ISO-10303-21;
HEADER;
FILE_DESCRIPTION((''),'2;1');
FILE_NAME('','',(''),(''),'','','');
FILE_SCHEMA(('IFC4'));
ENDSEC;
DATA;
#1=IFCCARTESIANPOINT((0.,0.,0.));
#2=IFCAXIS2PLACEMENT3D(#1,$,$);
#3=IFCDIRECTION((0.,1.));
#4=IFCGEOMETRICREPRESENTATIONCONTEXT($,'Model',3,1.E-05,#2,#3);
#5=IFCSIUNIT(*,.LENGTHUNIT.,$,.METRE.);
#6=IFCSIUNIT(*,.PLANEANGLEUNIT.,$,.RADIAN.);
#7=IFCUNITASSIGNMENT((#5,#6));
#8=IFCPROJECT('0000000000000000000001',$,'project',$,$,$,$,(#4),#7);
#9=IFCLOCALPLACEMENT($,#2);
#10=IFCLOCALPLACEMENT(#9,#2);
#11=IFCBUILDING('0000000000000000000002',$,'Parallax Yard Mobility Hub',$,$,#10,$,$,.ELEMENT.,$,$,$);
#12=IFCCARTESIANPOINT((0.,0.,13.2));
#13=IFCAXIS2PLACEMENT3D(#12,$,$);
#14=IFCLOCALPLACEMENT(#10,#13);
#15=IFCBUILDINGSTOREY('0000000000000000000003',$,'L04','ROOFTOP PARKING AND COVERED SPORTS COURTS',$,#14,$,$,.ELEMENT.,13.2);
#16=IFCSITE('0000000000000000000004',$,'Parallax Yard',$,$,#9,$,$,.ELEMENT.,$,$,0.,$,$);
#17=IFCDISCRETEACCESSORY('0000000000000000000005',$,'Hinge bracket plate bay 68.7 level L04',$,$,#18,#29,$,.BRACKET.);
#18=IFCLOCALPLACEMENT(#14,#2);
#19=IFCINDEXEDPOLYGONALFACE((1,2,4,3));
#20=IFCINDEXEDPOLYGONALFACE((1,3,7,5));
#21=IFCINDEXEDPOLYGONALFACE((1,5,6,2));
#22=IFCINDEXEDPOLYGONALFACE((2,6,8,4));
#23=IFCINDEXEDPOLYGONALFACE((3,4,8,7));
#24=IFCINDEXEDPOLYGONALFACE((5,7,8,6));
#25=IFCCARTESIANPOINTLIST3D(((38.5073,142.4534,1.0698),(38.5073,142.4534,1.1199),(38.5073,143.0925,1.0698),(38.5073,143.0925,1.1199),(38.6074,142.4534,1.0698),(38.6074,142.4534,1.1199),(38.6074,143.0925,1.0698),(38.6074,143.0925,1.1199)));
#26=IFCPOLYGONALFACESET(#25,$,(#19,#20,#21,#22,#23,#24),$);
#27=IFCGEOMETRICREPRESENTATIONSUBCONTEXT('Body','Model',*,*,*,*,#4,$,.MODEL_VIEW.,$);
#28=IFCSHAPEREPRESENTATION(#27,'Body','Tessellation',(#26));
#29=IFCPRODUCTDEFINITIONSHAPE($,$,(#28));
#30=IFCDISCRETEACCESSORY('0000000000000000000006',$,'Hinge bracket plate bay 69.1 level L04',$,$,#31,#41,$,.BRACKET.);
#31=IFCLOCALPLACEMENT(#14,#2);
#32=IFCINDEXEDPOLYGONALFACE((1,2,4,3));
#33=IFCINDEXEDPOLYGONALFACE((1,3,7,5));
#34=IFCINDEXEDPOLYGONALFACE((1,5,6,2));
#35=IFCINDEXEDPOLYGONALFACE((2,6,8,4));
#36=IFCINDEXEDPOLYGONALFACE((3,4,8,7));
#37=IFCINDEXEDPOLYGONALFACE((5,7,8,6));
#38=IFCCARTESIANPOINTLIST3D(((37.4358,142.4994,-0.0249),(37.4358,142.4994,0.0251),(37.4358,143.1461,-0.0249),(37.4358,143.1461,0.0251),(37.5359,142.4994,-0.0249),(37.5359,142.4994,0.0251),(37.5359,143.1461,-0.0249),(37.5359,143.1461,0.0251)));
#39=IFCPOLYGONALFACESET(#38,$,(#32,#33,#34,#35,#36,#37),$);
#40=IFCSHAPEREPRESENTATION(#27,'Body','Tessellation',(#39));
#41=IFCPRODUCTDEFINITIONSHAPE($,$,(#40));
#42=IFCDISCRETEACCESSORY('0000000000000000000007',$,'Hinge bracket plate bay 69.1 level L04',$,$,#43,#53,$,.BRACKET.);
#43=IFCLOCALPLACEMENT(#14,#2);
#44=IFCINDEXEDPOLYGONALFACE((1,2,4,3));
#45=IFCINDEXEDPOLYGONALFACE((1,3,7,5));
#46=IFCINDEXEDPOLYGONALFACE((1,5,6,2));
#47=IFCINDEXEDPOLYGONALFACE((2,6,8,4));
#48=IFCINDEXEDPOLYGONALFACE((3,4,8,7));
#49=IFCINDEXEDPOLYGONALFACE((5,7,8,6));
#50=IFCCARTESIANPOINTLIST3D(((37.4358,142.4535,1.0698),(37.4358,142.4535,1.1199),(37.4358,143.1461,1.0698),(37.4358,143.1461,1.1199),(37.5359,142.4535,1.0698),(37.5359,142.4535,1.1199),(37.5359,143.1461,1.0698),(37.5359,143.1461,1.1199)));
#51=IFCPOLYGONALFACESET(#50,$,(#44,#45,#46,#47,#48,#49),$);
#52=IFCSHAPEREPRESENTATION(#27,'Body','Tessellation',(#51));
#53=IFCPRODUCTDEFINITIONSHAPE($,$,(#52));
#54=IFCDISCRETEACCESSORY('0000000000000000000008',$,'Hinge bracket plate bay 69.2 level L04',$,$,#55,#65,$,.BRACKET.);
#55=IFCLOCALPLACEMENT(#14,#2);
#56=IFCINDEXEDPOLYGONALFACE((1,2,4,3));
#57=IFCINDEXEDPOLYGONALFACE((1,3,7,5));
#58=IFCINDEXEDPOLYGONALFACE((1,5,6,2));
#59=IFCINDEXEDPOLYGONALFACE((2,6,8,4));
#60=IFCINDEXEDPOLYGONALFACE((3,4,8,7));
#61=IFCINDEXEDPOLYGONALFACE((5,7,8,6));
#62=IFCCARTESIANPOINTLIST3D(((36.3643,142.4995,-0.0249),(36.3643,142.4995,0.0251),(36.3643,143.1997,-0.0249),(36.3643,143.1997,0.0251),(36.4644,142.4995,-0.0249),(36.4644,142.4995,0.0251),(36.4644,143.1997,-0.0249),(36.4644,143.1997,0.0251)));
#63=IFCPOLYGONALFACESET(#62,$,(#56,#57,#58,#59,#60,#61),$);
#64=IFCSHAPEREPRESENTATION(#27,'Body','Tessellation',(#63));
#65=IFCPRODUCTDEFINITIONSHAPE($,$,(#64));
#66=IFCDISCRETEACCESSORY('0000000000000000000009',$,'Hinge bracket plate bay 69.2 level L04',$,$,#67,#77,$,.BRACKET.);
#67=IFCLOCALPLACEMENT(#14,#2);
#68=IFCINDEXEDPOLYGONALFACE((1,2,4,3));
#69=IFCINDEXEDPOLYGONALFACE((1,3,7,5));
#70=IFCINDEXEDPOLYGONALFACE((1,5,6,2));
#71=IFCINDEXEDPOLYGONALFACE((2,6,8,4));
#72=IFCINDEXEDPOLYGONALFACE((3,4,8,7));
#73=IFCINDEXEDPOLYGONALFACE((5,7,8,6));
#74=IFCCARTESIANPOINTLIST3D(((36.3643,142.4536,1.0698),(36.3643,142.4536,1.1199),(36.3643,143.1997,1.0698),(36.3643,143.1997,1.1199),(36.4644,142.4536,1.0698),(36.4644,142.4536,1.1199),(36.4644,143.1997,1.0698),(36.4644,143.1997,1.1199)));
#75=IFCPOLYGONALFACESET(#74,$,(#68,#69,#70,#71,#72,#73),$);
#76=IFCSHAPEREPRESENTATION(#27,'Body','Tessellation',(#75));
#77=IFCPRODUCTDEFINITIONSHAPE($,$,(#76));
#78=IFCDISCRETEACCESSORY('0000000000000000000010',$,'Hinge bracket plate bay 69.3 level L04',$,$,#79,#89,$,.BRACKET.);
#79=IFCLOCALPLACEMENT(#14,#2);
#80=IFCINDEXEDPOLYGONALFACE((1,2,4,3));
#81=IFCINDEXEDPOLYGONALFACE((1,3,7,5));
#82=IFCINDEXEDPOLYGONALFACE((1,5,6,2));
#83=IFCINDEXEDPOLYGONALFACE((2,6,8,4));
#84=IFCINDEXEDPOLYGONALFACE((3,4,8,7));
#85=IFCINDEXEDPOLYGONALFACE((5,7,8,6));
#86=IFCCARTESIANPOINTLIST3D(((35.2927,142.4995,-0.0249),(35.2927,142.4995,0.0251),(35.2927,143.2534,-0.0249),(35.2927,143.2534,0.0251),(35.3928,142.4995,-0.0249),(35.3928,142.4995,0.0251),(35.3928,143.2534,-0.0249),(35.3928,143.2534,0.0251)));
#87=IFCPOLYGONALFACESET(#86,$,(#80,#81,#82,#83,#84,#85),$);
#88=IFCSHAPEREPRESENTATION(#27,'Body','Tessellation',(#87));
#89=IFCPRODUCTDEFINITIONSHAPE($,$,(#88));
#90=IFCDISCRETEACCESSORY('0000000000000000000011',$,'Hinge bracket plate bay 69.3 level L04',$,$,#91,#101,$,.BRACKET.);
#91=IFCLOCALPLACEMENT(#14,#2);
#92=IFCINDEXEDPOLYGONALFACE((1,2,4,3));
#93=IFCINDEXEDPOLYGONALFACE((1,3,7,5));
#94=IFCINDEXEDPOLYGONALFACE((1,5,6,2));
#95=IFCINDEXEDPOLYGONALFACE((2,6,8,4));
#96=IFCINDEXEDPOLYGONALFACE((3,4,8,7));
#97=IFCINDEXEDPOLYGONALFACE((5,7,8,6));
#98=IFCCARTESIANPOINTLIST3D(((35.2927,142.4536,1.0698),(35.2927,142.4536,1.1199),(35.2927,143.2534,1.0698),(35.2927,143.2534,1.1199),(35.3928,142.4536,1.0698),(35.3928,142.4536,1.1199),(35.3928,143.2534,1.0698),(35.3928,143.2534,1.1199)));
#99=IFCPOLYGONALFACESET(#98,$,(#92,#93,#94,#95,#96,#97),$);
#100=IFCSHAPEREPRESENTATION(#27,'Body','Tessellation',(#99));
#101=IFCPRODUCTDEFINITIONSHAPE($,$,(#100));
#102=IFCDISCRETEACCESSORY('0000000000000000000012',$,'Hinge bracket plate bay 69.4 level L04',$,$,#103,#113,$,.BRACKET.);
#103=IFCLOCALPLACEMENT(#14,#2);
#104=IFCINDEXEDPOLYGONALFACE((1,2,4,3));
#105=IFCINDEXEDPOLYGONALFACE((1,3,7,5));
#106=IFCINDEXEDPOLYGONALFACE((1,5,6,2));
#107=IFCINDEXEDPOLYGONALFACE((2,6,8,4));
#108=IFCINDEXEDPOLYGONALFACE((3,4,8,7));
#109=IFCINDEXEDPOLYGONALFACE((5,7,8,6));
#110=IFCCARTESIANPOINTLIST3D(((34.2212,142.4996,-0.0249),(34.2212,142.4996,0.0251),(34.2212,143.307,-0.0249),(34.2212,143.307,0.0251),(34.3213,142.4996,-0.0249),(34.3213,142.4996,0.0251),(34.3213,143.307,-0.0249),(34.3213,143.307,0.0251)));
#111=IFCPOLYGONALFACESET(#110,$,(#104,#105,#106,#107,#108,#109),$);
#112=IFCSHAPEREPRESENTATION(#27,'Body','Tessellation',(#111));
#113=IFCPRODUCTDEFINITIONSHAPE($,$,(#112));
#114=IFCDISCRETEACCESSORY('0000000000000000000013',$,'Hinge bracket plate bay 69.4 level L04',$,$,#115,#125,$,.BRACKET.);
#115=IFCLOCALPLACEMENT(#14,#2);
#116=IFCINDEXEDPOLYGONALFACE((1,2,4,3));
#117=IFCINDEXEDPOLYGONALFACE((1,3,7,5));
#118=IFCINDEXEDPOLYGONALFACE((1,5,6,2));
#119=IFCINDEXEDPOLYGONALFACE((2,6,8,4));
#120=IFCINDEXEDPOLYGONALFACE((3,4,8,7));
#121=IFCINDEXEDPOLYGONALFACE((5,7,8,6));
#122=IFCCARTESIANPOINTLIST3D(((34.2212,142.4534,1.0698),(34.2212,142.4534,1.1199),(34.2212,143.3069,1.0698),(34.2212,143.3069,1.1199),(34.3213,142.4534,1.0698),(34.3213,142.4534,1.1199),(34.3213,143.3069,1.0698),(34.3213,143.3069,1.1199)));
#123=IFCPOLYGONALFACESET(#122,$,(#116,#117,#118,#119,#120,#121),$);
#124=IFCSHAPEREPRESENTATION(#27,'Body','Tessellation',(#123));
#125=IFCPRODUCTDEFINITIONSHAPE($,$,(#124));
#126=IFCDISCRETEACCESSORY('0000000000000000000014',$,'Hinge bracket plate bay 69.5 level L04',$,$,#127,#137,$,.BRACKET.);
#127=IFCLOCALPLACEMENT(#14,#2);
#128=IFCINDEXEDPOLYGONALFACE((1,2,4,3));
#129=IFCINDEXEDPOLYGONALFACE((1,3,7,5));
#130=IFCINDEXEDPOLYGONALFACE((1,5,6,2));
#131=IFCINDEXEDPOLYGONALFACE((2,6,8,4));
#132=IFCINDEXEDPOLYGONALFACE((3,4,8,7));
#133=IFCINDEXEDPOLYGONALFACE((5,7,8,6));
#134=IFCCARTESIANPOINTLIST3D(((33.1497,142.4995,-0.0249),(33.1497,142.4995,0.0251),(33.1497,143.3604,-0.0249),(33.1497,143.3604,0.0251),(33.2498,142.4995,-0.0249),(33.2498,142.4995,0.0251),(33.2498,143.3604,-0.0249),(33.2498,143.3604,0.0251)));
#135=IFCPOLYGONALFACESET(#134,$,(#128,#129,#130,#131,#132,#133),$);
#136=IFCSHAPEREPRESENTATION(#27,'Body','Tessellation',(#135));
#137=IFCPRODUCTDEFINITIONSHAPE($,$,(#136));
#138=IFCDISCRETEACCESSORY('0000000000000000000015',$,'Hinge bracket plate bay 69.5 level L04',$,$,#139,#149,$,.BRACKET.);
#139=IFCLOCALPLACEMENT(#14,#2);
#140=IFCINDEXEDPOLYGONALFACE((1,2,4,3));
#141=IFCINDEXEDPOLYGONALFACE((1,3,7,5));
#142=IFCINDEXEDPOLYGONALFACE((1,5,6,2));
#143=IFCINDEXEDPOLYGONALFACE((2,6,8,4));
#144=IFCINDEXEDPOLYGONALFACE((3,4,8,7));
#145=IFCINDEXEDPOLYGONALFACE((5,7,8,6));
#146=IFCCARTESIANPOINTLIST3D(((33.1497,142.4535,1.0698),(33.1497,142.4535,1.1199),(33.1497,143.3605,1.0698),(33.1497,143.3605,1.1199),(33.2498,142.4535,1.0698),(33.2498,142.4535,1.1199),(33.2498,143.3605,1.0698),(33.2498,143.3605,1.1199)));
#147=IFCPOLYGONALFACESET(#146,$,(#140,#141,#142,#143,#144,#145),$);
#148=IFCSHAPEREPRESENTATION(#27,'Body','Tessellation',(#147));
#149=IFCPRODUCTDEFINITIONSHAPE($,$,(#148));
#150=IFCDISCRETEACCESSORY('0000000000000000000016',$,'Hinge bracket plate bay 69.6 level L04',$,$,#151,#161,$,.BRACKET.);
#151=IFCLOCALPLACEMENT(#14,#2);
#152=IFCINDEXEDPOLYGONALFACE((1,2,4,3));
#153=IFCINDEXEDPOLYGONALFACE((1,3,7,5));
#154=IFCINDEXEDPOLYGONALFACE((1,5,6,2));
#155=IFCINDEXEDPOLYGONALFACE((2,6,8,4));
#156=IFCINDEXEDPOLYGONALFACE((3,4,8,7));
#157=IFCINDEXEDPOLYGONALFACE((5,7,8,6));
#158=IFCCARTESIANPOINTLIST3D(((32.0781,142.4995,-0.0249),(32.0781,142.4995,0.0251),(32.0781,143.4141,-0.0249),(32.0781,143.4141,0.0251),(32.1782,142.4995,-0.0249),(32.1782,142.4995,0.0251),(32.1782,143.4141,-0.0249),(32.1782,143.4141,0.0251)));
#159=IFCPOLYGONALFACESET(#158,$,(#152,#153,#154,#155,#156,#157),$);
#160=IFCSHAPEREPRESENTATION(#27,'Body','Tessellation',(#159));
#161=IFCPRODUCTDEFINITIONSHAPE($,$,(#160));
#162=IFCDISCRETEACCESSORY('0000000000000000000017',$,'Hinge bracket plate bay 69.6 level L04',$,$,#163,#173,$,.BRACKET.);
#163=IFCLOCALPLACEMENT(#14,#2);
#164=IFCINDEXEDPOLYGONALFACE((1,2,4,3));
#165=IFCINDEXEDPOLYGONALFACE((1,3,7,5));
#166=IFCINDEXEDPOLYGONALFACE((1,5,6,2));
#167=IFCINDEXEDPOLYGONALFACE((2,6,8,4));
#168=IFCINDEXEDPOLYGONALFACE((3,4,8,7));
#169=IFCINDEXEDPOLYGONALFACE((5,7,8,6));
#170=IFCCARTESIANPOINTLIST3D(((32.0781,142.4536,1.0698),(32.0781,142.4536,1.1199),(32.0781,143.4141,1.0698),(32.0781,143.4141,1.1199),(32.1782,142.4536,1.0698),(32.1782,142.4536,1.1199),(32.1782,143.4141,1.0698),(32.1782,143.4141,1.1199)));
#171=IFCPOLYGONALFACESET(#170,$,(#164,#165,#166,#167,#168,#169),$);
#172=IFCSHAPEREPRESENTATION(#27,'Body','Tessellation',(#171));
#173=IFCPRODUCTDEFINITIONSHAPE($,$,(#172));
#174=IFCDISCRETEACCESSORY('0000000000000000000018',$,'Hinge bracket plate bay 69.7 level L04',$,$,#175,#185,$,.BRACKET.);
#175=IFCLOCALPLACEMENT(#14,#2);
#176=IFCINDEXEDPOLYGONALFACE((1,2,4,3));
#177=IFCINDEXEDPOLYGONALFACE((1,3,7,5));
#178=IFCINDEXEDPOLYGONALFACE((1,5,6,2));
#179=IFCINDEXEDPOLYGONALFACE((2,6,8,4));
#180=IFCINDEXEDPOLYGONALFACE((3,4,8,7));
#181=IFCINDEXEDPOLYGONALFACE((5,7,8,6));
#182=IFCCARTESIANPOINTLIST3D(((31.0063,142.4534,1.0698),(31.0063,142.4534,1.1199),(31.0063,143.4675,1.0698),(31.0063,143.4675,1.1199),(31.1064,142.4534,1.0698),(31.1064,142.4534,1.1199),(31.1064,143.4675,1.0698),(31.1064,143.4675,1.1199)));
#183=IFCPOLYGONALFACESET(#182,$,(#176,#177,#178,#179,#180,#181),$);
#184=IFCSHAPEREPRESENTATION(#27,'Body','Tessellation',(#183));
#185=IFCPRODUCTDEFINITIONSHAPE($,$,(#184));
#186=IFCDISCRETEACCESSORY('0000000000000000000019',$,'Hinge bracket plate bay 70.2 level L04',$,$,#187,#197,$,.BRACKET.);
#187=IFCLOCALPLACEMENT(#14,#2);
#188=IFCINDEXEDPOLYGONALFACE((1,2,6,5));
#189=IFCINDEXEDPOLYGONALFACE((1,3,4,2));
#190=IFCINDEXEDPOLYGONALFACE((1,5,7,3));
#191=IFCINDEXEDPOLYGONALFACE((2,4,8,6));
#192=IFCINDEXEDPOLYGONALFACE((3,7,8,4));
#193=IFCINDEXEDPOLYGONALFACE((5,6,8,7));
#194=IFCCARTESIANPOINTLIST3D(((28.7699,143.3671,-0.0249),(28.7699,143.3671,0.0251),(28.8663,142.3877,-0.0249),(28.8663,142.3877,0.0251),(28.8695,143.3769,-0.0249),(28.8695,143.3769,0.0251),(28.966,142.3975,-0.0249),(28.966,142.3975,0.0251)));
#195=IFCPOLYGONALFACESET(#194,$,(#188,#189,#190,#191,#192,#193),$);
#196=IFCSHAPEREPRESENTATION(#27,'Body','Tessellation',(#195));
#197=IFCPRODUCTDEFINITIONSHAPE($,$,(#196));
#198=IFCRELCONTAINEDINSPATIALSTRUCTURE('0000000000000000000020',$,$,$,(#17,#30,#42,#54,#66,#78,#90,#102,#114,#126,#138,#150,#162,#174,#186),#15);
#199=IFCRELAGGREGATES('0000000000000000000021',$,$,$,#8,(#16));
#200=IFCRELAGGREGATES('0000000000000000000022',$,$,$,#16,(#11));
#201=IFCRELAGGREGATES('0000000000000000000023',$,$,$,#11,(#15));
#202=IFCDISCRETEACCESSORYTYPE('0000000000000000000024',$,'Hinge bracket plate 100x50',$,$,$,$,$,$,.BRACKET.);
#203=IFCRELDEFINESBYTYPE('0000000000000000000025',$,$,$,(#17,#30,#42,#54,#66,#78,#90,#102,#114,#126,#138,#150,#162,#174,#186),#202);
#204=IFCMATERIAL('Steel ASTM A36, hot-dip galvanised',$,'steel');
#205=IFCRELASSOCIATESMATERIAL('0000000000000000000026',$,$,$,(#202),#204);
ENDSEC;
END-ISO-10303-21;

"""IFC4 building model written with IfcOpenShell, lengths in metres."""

from ifc_helpers import new_model, si_unit, direction, frame, origin, origin_2d, place, context, subcontext, project, spatial, rectangle, extrude, material, type_object, element, save


model = new_model("IFC4")

# Units and contexts
model_context = context("Model", 3, precision=1e-05, world=origin(), true_north=direction((0.0, 1.0)))
body_context = subcontext(model_context, "Body", "Model", "MODEL_VIEW")
ifc_project = project(units=[si_unit("LENGTHUNIT", "METRE"), si_unit("PLANEANGLEUNIT", "RADIAN")], contexts=[model_context])

# Site, building, storey
site_placement = place(None, origin())
site = spatial("IfcSite", under=ifc_project, at=site_placement, Name="Parallax Yard", CompositionType="ELEMENT", RefElevation=0.0)
building_placement = place(site_placement, origin())
building = spatial("IfcBuilding", under=site, at=building_placement, Name="Parallax Yard Mobility Hub", CompositionType="ELEMENT")
storey_placement = place(building_placement, frame((0.0, 0.0, 13.2)))
storey = spatial("IfcBuildingStorey", under=building, at=storey_placement, Name="L04", Description="ROOFTOP PARKING AND COVERED SPORTS COURTS", CompositionType="ELEMENT", Elevation=13.2)

# Discrete accessories
ifc_material_1 = material(Name="Steel ASTM A36, hot-dip galvanised", Category="steel")
discrete_accessory_type_1 = type_object("IfcDiscreteAccessoryType", Name="Hinge bracket plate 100x50", PredefinedType="BRACKET", material=ifc_material_1)
discrete_accessory_1_placement = place(storey_placement, frame((38.5574, 142.7729, 1.0698), z_axis=(0.0, 0.0, 1.0), x_axis=(0.0, 1.0, 0.0)))
element("IfcDiscreteAccessory", 1, at=discrete_accessory_1_placement, inside=storey, type_object=discrete_accessory_type_1, Name="Hinge bracket plate bay 68.7 level L04", PredefinedType="BRACKET", context=body_context, shape_type="SweptSolid", body=[
    extrude(rectangle(XDim=0.6392, YDim=0.1001, at=origin_2d()), origin(), (0.0, 0.0, 1.0), 0.05),
])
discrete_accessory_2_placement = place(storey_placement, frame((37.4858, 142.8228, -0.0249), z_axis=(0.0, 0.0, 1.0), x_axis=(0.0, 1.0, 0.0)))
element("IfcDiscreteAccessory", 2, at=discrete_accessory_2_placement, inside=storey, type_object=discrete_accessory_type_1, Name="Hinge bracket plate bay 69.1 level L04", PredefinedType="BRACKET", context=body_context, shape_type="SweptSolid", body=[
    extrude(rectangle(XDim=0.6467, YDim=0.1001, at=origin_2d()), origin(), (0.0, 0.0, 1.0), 0.05),
])
discrete_accessory_3_placement = place(storey_placement, frame((37.4858, 142.7998, 1.0698), z_axis=(0.0, 0.0, 1.0), x_axis=(0.0, 1.0, 0.0)))
element("IfcDiscreteAccessory", 3, at=discrete_accessory_3_placement, inside=storey, type_object=discrete_accessory_type_1, Name="Hinge bracket plate bay 69.1 level L04", PredefinedType="BRACKET", context=body_context, shape_type="SweptSolid", body=[
    extrude(rectangle(XDim=0.6926, YDim=0.1001, at=origin_2d()), origin(), (0.0, 0.0, 1.0), 0.05),
])
discrete_accessory_4_placement = place(storey_placement, frame((36.4143, 142.8496, -0.0249), z_axis=(0.0, 0.0, 1.0), x_axis=(0.0, 1.0, 0.0)))
element("IfcDiscreteAccessory", 4, at=discrete_accessory_4_placement, inside=storey, type_object=discrete_accessory_type_1, Name="Hinge bracket plate bay 69.2 level L04", PredefinedType="BRACKET", context=body_context, shape_type="SweptSolid", body=[
    extrude(rectangle(XDim=0.7002, YDim=0.1001, at=origin_2d()), origin(), (0.0, 0.0, 1.0), 0.05),
])
discrete_accessory_5_placement = place(storey_placement, frame((36.4143, 142.8267, 1.0698), z_axis=(0.0, 0.0, 1.0), x_axis=(0.0, 1.0, 0.0)))
element("IfcDiscreteAccessory", 5, at=discrete_accessory_5_placement, inside=storey, type_object=discrete_accessory_type_1, Name="Hinge bracket plate bay 69.2 level L04", PredefinedType="BRACKET", context=body_context, shape_type="SweptSolid", body=[
    extrude(rectangle(XDim=0.7461, YDim=0.1001, at=origin_2d()), origin(), (0.0, 0.0, 1.0), 0.05),
])
discrete_accessory_6_placement = place(storey_placement, frame((35.3428, 142.8765, -0.0249), z_axis=(0.0, 0.0, 1.0), x_axis=(0.0, 1.0, 0.0)))
element("IfcDiscreteAccessory", 6, at=discrete_accessory_6_placement, inside=storey, type_object=discrete_accessory_type_1, Name="Hinge bracket plate bay 69.3 level L04", PredefinedType="BRACKET", context=body_context, shape_type="SweptSolid", body=[
    extrude(rectangle(XDim=0.7539, YDim=0.1001, at=origin_2d()), origin(), (0.0, 0.0, 1.0), 0.05),
])
discrete_accessory_7_placement = place(storey_placement, frame((35.3428, 142.8535, 1.0698), z_axis=(0.0, 0.0, 1.0), x_axis=(0.0, 1.0, 0.0)))
element("IfcDiscreteAccessory", 7, at=discrete_accessory_7_placement, inside=storey, type_object=discrete_accessory_type_1, Name="Hinge bracket plate bay 69.3 level L04", PredefinedType="BRACKET", context=body_context, shape_type="SweptSolid", body=[
    extrude(rectangle(XDim=0.7998, YDim=0.1001, at=origin_2d()), origin(), (0.0, 0.0, 1.0), 0.05),
])
discrete_accessory_8_placement = place(storey_placement, frame((34.2712, 142.9033, -0.0249), z_axis=(0.0, 0.0, 1.0), x_axis=(0.0, 1.0, 0.0)))
element("IfcDiscreteAccessory", 8, at=discrete_accessory_8_placement, inside=storey, type_object=discrete_accessory_type_1, Name="Hinge bracket plate bay 69.4 level L04", PredefinedType="BRACKET", context=body_context, shape_type="SweptSolid", body=[
    extrude(rectangle(XDim=0.8074, YDim=0.1001, at=origin_2d()), origin(), (0.0, 0.0, 1.0), 0.05),
])
discrete_accessory_9_placement = place(storey_placement, frame((34.2712, 142.8801, 1.0698), z_axis=(0.0, 0.0, 1.0), x_axis=(0.0, 1.0, 0.0)))
element("IfcDiscreteAccessory", 9, at=discrete_accessory_9_placement, inside=storey, type_object=discrete_accessory_type_1, Name="Hinge bracket plate bay 69.4 level L04", PredefinedType="BRACKET", context=body_context, shape_type="SweptSolid", body=[
    extrude(rectangle(XDim=0.8535, YDim=0.1001, at=origin_2d()), origin(), (0.0, 0.0, 1.0), 0.05),
])
discrete_accessory_10_placement = place(storey_placement, frame((33.1997, 142.9299, -0.0249), z_axis=(0.0, 0.0, 1.0), x_axis=(0.0, 1.0, 0.0)))
element("IfcDiscreteAccessory", 10, at=discrete_accessory_10_placement, inside=storey, type_object=discrete_accessory_type_1, Name="Hinge bracket plate bay 69.5 level L04", PredefinedType="BRACKET", context=body_context, shape_type="SweptSolid", body=[
    extrude(rectangle(XDim=0.8608, YDim=0.1001, at=origin_2d()), origin(), (0.0, 0.0, 1.0), 0.05),
])
discrete_accessory_11_placement = place(storey_placement, frame((33.1997, 142.907, 1.0698), z_axis=(0.0, 0.0, 1.0), x_axis=(0.0, 1.0, 0.0)))
element("IfcDiscreteAccessory", 11, at=discrete_accessory_11_placement, inside=storey, type_object=discrete_accessory_type_1, Name="Hinge bracket plate bay 69.5 level L04", PredefinedType="BRACKET", context=body_context, shape_type="SweptSolid", body=[
    extrude(rectangle(XDim=0.907, YDim=0.1001, at=origin_2d()), origin(), (0.0, 0.0, 1.0), 0.05),
])
discrete_accessory_12_placement = place(storey_placement, frame((32.1282, 142.9568, -0.0249), z_axis=(0.0, 0.0, 1.0), x_axis=(0.0, 1.0, 0.0)))
element("IfcDiscreteAccessory", 12, at=discrete_accessory_12_placement, inside=storey, type_object=discrete_accessory_type_1, Name="Hinge bracket plate bay 69.6 level L04", PredefinedType="BRACKET", context=body_context, shape_type="SweptSolid", body=[
    extrude(rectangle(XDim=0.9146, YDim=0.1001, at=origin_2d()), origin(), (0.0, 0.0, 1.0), 0.05),
])
discrete_accessory_13_placement = place(storey_placement, frame((32.1282, 142.9338, 1.0698), z_axis=(0.0, 0.0, 1.0), x_axis=(0.0, 1.0, 0.0)))
element("IfcDiscreteAccessory", 13, at=discrete_accessory_13_placement, inside=storey, type_object=discrete_accessory_type_1, Name="Hinge bracket plate bay 69.6 level L04", PredefinedType="BRACKET", context=body_context, shape_type="SweptSolid", body=[
    extrude(rectangle(XDim=0.9604, YDim=0.1001, at=origin_2d()), origin(), (0.0, 0.0, 1.0), 0.05),
])
discrete_accessory_14_placement = place(storey_placement, frame((31.0564, 142.9604, 1.0698), z_axis=(0.0, 0.0, 1.0), x_axis=(0.0, 1.0, 0.0)))
element("IfcDiscreteAccessory", 14, at=discrete_accessory_14_placement, inside=storey, type_object=discrete_accessory_type_1, Name="Hinge bracket plate bay 69.7 level L04", PredefinedType="BRACKET", context=body_context, shape_type="SweptSolid", body=[
    extrude(rectangle(XDim=1.0142, YDim=0.1001, at=origin_2d()), origin(), (0.0, 0.0, 1.0), 0.05),
])
discrete_accessory_15_placement = place(storey_placement, frame((28.8679, 142.8823, -0.0249), z_axis=(0.0, 0.0, 1.0), x_axis=(-0.098017, 0.995185, 0.0)))
element("IfcDiscreteAccessory", 15, at=discrete_accessory_15_placement, inside=storey, type_object=discrete_accessory_type_1, Name="Hinge bracket plate bay 70.2 level L04", PredefinedType="BRACKET", context=body_context, shape_type="SweptSolid", body=[
    extrude(rectangle(XDim=0.9841, YDim=0.1001, at=origin_2d()), origin(), (0.0, 0.0, 1.0), 0.05),
])

save(model, "model.ifc")
